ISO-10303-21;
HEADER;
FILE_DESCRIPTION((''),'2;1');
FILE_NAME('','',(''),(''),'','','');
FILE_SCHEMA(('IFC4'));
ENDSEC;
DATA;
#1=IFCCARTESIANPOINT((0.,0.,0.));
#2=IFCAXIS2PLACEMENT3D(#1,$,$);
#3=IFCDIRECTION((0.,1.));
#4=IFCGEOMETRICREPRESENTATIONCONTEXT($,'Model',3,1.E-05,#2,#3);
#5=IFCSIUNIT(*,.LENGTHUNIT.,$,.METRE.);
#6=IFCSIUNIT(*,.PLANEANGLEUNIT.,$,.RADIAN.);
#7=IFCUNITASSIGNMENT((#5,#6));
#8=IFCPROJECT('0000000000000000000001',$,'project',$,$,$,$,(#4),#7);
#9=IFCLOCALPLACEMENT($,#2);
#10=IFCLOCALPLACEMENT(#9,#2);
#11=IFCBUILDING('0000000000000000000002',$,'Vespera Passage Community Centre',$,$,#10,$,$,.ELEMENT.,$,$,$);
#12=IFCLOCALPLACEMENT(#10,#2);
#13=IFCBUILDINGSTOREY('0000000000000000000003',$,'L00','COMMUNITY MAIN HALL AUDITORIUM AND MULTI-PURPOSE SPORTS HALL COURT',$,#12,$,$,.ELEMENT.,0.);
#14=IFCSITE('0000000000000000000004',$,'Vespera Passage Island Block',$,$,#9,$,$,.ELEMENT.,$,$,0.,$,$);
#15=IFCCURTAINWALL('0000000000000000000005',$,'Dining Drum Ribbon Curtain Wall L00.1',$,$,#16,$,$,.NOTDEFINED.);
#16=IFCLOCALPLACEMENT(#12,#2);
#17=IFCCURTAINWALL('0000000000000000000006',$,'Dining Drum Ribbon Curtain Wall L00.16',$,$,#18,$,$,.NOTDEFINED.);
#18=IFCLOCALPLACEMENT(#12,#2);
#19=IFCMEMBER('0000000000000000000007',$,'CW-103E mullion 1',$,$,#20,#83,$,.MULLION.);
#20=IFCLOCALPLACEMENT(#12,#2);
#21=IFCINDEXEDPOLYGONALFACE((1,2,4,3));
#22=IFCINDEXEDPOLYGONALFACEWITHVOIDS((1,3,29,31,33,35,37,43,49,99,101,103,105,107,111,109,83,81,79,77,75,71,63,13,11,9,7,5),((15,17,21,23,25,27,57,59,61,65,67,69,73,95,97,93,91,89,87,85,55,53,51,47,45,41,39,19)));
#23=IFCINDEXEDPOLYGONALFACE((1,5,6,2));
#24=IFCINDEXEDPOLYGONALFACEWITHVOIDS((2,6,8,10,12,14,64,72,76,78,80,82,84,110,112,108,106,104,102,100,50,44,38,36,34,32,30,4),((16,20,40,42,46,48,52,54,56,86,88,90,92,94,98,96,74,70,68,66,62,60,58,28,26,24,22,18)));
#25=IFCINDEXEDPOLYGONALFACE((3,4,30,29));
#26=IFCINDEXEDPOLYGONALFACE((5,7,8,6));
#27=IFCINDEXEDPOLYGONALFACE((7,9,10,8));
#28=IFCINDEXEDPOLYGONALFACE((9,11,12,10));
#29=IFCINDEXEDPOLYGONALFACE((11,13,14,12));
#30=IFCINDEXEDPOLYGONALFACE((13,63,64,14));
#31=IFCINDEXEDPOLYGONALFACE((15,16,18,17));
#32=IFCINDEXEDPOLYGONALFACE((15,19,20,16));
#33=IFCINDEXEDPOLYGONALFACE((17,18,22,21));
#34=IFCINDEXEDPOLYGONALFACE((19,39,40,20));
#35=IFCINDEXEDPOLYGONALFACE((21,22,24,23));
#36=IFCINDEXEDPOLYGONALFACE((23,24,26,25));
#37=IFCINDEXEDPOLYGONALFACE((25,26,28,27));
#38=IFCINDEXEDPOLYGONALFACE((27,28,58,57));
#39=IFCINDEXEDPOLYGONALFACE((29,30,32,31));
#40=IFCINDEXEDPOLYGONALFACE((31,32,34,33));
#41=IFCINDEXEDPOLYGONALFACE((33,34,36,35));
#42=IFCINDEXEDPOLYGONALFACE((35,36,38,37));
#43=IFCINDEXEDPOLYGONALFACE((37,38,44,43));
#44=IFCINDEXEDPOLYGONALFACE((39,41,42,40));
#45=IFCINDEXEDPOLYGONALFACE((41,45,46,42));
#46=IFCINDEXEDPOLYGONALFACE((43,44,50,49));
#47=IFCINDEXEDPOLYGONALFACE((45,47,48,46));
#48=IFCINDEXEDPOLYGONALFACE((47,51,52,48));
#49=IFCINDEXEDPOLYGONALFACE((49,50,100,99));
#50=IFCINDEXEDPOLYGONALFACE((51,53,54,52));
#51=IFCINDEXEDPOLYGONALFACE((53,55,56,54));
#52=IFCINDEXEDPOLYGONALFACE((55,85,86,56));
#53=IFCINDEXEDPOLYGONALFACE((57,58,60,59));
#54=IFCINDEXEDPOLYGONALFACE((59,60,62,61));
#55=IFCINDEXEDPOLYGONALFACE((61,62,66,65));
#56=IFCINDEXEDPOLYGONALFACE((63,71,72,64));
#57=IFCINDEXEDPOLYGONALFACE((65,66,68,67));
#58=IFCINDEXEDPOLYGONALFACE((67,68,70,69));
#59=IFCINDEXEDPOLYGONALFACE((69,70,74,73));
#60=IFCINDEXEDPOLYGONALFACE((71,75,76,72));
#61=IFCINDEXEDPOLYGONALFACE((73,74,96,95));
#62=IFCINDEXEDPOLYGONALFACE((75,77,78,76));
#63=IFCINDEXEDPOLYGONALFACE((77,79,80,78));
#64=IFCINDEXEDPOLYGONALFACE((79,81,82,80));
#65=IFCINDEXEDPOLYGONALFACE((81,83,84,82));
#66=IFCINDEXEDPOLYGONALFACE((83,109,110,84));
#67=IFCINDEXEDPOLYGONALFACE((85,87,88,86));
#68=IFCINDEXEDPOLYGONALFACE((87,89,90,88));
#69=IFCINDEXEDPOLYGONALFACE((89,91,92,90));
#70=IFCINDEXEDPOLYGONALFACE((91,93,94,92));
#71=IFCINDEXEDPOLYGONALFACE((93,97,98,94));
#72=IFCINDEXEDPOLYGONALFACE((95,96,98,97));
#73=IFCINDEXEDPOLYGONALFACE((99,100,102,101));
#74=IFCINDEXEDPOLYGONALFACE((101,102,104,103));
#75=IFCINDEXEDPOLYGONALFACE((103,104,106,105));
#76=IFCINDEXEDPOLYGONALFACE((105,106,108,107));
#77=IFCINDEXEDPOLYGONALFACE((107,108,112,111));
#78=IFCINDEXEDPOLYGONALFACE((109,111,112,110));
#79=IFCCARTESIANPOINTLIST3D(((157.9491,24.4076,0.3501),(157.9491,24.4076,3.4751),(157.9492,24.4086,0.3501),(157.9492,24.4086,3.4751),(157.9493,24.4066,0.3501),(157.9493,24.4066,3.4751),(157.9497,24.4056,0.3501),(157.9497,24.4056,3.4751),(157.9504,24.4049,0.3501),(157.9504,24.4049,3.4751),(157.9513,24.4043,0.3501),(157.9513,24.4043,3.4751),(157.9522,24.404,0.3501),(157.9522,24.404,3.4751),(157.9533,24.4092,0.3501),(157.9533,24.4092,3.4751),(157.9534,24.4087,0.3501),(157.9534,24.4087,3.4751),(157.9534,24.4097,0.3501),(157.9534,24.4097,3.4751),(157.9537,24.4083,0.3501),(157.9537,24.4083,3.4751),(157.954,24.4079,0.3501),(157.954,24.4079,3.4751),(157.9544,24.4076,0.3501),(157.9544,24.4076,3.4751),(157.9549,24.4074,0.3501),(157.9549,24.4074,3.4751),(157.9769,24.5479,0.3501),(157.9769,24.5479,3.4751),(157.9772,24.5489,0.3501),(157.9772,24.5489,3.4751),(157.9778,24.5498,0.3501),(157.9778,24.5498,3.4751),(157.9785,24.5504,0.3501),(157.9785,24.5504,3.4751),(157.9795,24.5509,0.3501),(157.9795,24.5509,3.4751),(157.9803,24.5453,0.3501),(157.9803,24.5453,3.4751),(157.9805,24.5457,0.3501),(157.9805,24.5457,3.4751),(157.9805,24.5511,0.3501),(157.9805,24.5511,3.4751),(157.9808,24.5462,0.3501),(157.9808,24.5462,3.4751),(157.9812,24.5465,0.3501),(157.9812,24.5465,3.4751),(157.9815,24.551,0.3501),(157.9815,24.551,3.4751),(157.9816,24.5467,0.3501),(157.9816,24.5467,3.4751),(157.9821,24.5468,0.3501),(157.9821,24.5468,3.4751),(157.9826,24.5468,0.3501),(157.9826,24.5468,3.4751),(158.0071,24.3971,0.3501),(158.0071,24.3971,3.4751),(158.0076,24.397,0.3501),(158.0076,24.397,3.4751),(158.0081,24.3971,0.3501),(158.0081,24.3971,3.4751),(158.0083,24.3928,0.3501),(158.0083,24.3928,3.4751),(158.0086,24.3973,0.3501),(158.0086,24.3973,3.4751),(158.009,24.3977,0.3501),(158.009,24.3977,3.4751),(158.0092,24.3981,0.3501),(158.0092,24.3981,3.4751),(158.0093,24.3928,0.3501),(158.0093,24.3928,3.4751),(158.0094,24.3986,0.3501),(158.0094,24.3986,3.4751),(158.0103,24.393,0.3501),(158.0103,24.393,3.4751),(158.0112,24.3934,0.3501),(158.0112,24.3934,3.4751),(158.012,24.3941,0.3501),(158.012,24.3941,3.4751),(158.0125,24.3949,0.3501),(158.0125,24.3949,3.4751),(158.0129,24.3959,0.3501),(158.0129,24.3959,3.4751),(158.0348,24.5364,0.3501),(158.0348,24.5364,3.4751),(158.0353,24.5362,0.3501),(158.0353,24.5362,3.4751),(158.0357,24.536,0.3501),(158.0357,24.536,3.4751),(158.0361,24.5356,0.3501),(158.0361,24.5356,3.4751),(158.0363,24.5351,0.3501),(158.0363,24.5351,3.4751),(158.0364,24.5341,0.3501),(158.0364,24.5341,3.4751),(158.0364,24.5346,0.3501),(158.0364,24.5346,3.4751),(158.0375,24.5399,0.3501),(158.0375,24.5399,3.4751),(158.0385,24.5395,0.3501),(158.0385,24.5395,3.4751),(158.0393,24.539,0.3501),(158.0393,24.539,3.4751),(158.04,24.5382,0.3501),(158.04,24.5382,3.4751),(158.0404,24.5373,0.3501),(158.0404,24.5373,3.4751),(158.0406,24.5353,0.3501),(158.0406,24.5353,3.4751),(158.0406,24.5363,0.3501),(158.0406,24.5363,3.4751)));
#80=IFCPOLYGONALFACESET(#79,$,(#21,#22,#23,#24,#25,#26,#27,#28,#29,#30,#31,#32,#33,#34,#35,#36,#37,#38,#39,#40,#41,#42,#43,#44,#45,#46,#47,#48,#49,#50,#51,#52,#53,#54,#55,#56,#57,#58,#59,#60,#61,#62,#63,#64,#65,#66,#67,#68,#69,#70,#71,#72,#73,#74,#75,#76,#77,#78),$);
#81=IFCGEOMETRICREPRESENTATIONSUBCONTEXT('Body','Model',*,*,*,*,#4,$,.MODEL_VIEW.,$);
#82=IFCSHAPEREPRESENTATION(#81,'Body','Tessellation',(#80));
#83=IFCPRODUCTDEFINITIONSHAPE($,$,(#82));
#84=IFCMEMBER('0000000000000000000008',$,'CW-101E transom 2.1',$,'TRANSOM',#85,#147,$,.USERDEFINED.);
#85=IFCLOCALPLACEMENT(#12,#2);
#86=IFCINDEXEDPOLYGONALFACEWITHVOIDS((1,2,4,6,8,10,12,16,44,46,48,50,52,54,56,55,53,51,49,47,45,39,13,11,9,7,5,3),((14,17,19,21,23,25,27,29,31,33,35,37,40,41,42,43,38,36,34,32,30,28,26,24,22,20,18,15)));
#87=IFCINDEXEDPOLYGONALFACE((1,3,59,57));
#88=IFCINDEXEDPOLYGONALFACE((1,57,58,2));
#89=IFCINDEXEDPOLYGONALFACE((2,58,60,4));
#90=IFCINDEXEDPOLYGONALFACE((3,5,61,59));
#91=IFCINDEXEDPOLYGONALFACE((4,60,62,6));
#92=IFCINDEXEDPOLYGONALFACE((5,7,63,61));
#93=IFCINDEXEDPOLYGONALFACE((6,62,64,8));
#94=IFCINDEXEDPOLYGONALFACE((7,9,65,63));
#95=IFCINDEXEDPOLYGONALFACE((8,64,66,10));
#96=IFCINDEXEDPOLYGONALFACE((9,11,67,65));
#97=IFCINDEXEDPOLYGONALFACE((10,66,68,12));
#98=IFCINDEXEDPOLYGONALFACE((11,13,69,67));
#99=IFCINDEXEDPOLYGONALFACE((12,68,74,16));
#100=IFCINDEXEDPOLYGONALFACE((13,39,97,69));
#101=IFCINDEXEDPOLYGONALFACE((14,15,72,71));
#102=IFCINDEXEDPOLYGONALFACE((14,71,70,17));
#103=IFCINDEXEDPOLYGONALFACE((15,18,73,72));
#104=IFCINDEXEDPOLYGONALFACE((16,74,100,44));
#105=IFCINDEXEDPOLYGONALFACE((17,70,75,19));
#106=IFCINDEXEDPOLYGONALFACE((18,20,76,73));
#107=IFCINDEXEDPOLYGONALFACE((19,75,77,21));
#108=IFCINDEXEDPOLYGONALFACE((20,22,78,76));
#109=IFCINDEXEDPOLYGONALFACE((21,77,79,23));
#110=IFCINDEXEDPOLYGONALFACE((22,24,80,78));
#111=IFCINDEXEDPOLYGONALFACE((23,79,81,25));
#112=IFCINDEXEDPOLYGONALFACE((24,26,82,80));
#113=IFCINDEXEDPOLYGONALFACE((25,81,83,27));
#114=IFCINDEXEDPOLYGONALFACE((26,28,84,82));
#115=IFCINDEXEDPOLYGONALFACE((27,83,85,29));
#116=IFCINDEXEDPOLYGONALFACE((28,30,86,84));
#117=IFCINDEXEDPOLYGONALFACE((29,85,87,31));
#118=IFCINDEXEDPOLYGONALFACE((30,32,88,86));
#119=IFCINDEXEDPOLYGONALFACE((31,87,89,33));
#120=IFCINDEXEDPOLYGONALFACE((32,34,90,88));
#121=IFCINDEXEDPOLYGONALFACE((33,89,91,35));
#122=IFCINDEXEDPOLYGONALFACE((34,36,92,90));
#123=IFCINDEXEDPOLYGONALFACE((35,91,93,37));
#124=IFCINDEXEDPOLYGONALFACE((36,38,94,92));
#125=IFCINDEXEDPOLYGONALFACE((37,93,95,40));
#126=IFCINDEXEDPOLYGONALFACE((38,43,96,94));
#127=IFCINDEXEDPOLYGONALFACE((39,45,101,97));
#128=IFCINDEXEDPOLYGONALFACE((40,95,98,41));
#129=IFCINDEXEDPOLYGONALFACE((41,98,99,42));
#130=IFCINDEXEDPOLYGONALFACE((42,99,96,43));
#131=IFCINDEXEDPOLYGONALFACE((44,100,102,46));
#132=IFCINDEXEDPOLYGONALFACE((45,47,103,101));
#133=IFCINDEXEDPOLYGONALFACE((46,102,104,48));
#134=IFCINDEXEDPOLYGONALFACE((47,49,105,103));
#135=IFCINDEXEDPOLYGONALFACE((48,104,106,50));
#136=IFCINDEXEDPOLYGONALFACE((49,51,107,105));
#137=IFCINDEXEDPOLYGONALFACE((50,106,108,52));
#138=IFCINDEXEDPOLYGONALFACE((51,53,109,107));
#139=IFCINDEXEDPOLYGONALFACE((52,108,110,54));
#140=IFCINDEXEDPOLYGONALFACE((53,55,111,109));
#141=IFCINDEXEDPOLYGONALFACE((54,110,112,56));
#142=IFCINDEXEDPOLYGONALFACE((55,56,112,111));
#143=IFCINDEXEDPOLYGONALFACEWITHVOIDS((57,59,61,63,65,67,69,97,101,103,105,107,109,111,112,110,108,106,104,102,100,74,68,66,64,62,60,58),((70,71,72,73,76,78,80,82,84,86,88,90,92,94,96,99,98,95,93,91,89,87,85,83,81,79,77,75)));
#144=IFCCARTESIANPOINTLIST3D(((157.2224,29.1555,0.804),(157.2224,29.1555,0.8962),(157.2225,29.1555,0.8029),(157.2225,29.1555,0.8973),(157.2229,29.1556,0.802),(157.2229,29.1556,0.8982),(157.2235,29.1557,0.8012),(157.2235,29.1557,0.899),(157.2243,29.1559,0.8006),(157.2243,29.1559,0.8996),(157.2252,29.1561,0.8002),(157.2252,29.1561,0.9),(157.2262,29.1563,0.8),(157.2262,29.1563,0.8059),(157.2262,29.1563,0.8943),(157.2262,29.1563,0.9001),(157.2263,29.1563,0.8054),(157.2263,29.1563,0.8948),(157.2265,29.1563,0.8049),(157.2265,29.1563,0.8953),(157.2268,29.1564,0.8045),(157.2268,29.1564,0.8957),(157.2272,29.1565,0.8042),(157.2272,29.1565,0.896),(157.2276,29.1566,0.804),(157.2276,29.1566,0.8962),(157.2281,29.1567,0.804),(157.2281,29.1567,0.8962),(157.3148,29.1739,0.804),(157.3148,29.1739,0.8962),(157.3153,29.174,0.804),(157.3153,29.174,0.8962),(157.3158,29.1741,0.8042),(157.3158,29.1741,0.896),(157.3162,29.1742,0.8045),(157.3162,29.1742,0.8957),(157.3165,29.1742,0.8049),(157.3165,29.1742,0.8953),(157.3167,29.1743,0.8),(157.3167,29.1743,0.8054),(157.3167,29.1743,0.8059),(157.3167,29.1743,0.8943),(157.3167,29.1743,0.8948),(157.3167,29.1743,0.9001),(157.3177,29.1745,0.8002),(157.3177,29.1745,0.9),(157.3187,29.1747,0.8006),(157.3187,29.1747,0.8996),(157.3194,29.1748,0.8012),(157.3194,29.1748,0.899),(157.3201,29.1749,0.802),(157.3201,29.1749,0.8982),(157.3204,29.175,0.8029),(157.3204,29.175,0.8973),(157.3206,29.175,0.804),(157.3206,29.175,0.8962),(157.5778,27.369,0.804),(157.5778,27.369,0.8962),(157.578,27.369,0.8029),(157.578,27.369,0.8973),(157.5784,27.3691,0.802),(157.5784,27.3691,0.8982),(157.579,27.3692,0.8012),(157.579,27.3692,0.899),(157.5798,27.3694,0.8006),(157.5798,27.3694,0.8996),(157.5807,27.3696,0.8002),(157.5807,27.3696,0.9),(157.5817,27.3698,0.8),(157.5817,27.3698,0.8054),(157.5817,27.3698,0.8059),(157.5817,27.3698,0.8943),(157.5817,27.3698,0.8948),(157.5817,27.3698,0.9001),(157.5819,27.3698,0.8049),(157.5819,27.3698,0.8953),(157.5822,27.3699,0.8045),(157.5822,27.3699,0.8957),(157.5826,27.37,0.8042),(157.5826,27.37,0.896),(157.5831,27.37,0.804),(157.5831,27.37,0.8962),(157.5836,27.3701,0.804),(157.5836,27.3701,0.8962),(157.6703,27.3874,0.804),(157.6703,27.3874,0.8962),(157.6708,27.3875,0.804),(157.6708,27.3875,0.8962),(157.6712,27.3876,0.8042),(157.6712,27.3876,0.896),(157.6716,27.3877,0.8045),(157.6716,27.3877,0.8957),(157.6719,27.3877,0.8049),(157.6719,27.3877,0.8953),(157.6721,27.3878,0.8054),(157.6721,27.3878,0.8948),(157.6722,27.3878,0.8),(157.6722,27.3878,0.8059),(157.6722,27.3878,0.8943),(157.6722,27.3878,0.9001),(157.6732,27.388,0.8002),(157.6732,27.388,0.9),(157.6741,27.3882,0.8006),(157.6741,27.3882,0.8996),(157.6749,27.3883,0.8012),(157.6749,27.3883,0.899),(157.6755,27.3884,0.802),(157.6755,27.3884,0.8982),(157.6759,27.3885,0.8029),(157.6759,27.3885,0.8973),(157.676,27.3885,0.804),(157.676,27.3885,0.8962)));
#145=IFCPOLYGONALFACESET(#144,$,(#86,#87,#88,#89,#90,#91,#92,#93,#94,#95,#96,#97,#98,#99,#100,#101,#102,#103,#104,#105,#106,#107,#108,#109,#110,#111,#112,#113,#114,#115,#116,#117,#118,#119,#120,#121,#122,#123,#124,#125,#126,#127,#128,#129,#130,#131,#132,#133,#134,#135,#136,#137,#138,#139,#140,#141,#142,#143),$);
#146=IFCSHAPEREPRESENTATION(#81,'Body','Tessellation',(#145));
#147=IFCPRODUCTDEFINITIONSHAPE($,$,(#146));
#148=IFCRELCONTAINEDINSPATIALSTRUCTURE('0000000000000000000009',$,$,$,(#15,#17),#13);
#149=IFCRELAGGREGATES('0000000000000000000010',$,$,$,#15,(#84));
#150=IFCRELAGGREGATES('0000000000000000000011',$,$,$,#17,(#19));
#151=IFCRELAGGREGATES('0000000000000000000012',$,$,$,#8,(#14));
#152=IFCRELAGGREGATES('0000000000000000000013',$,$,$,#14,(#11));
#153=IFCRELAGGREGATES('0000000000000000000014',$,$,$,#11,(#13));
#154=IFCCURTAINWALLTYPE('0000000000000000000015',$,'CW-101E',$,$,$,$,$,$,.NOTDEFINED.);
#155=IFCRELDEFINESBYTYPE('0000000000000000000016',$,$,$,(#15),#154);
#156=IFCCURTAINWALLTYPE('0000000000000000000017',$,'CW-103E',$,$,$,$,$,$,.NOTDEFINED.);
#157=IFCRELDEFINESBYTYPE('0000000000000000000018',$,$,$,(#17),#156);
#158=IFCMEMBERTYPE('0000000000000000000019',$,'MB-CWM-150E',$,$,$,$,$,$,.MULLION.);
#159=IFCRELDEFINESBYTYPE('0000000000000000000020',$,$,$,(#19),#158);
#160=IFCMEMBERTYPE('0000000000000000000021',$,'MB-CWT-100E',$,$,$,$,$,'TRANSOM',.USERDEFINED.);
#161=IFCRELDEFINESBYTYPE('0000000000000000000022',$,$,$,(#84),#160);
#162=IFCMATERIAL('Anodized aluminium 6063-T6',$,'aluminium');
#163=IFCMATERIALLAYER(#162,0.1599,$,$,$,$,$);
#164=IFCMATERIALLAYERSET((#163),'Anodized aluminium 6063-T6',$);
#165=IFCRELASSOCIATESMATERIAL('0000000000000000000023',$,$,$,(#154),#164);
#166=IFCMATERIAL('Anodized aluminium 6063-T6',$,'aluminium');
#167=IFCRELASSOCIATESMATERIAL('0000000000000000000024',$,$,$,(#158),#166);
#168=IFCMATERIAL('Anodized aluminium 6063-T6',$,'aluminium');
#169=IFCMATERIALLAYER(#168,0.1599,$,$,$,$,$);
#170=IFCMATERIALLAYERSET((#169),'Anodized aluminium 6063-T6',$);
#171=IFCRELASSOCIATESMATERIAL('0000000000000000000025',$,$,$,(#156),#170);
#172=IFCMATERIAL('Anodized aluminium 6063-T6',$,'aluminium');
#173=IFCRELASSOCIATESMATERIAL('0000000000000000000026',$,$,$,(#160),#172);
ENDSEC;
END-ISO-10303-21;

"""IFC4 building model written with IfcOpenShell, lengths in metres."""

from ifc_helpers import new_model, si_unit, direction, frame, origin, origin_2d, place, context, subcontext, project, spatial, hollow_rectangle, extrude, material, layer, layer_set, material_profile, profile_set, type_object, element, aggregate, save


model = new_model("IFC4")

# Units and contexts
model_context = context("Model", 3, precision=1e-05, world=origin(), true_north=direction((0.0, 1.0)))
body_context = subcontext(model_context, "Body", "Model", "MODEL_VIEW")
ifc_project = project(units=[si_unit("LENGTHUNIT", "METRE"), si_unit("PLANEANGLEUNIT", "RADIAN")], contexts=[model_context])

# Site, building, storey
site_placement = place(None, origin())
site = spatial("IfcSite", under=ifc_project, at=site_placement, Name="Vespera Passage Island Block", CompositionType="ELEMENT", RefElevation=0.0)
building_placement = place(site_placement, origin())
building = spatial("IfcBuilding", under=site, at=building_placement, Name="Vespera Passage Community Centre", CompositionType="ELEMENT")
storey_placement = place(building_placement, origin())
storey = spatial("IfcBuildingStorey", under=building, at=storey_placement, Name="L00", Description="COMMUNITY MAIN HALL AUDITORIUM AND MULTI-PURPOSE SPORTS HALL COURT", CompositionType="ELEMENT", Elevation=0.0)

# Curtain wall
ifc_material_1 = material(Name="Anodized aluminium 6063-T6", Category="aluminium")
ifc_layer_1 = layer(ifc_material_1, 0.1599)
ifc_layer_set_1 = layer_set([ifc_layer_1], Name="Anodized aluminium 6063-T6")
curtain_wall_type_1 = type_object("IfcCurtainWallType", Name="CW-101E", PredefinedType="NOTDEFINED", material=ifc_layer_set_1)
curtain_wall_1_placement = place(storey_placement, origin())
curtain_wall_1 = element("IfcCurtainWall", 1, at=curtain_wall_1_placement, inside=storey, type_object=curtain_wall_type_1, Name="Dining Drum Ribbon Curtain Wall L00.1", PredefinedType="NOTDEFINED")
ifc_material_2 = material(Name="Anodized aluminium 6063-T6", Category="aluminium")
ifc_material_profile_1 = material_profile(ifc_material_2, hollow_rectangle(XDim=0.0649, YDim=0.1499, WallThickness=0.0039, InnerFilletRadius=0.002, OuterFilletRadius=0.0039, at=origin_2d()), Name="ALU150X65X4")
ifc_profile_set_1 = profile_set([ifc_material_profile_1], Name="Anodized aluminium 6063-T6")
member_type_1 = type_object("IfcMemberType", Name="MB-CWM-150E", PredefinedType="MULLION", material=ifc_profile_set_1)

# Curtain wall, member
ifc_material_3 = material(Name="Anodized aluminium 6063-T6", Category="aluminium")
ifc_layer_2 = layer(ifc_material_3, 0.1599)
ifc_layer_set_2 = layer_set([ifc_layer_2], Name="Anodized aluminium 6063-T6")
curtain_wall_type_2 = type_object("IfcCurtainWallType", Name="CW-103E", PredefinedType="NOTDEFINED", material=ifc_layer_set_2)
curtain_wall_2_placement = place(storey_placement, origin())
curtain_wall_2 = element("IfcCurtainWall", 2, at=curtain_wall_2_placement, inside=storey, type_object=curtain_wall_type_2, Name="Dining Drum Ribbon Curtain Wall L00.16", PredefinedType="NOTDEFINED")
member_1_placement = place(storey_placement, frame((157.9949, 24.4719, 0.3501), z_axis=(0.0, 0.0, 1.0), x_axis=(0.980784, -0.195097, 0.0)))
member_1 = element("IfcMember", 3, at=member_1_placement, type_object=member_type_1, Name="CW-103E mullion 1", PredefinedType="MULLION", context=body_context, shape_type="SweptSolid", body=[
    extrude(hollow_rectangle(XDim=0.0649, YDim=0.1499, WallThickness=0.0039, InnerFilletRadius=0.002, OuterFilletRadius=0.0039, at=origin_2d()), origin(), (0.0, 0.0, 1.0), 3.125),
])

# Member
ifc_material_4 = material(Name="Anodized aluminium 6063-T6", Category="aluminium")
ifc_material_profile_2 = material_profile(ifc_material_4, hollow_rectangle(XDim=0.1001, YDim=0.1001, WallThickness=0.0039, InnerFilletRadius=0.002, OuterFilletRadius=0.0039, at=origin_2d()), Name="ALU100X100X4")
ifc_profile_set_2 = profile_set([ifc_material_profile_2], Name="Anodized aluminium 6063-T6")
member_type_2 = type_object("IfcMemberType", Name="MB-CWT-100E", ElementType="TRANSOM", PredefinedType="USERDEFINED", material=ifc_profile_set_2)
member_2_placement = place(storey_placement, frame((157.2715, 29.1653, 0.8501), z_axis=(0.195137, -0.980776, 0.0), x_axis=(0.980776, 0.195137, 0.0)))
member_2 = element("IfcMember", 4, at=member_2_placement, type_object=member_type_2, Name="CW-101E transom 2.1", ObjectType="TRANSOM", PredefinedType="USERDEFINED", context=body_context, shape_type="SweptSolid", body=[
    extrude(hollow_rectangle(XDim=0.1001, YDim=0.1001, WallThickness=0.0039, InnerFilletRadius=0.002, OuterFilletRadius=0.0039, at=origin_2d()), origin(), (0.0, 0.0, 1.0), 1.8215),
])

aggregate(curtain_wall_1, [member_2])
aggregate(curtain_wall_2, [member_1])

save(model, "model.ifc")
